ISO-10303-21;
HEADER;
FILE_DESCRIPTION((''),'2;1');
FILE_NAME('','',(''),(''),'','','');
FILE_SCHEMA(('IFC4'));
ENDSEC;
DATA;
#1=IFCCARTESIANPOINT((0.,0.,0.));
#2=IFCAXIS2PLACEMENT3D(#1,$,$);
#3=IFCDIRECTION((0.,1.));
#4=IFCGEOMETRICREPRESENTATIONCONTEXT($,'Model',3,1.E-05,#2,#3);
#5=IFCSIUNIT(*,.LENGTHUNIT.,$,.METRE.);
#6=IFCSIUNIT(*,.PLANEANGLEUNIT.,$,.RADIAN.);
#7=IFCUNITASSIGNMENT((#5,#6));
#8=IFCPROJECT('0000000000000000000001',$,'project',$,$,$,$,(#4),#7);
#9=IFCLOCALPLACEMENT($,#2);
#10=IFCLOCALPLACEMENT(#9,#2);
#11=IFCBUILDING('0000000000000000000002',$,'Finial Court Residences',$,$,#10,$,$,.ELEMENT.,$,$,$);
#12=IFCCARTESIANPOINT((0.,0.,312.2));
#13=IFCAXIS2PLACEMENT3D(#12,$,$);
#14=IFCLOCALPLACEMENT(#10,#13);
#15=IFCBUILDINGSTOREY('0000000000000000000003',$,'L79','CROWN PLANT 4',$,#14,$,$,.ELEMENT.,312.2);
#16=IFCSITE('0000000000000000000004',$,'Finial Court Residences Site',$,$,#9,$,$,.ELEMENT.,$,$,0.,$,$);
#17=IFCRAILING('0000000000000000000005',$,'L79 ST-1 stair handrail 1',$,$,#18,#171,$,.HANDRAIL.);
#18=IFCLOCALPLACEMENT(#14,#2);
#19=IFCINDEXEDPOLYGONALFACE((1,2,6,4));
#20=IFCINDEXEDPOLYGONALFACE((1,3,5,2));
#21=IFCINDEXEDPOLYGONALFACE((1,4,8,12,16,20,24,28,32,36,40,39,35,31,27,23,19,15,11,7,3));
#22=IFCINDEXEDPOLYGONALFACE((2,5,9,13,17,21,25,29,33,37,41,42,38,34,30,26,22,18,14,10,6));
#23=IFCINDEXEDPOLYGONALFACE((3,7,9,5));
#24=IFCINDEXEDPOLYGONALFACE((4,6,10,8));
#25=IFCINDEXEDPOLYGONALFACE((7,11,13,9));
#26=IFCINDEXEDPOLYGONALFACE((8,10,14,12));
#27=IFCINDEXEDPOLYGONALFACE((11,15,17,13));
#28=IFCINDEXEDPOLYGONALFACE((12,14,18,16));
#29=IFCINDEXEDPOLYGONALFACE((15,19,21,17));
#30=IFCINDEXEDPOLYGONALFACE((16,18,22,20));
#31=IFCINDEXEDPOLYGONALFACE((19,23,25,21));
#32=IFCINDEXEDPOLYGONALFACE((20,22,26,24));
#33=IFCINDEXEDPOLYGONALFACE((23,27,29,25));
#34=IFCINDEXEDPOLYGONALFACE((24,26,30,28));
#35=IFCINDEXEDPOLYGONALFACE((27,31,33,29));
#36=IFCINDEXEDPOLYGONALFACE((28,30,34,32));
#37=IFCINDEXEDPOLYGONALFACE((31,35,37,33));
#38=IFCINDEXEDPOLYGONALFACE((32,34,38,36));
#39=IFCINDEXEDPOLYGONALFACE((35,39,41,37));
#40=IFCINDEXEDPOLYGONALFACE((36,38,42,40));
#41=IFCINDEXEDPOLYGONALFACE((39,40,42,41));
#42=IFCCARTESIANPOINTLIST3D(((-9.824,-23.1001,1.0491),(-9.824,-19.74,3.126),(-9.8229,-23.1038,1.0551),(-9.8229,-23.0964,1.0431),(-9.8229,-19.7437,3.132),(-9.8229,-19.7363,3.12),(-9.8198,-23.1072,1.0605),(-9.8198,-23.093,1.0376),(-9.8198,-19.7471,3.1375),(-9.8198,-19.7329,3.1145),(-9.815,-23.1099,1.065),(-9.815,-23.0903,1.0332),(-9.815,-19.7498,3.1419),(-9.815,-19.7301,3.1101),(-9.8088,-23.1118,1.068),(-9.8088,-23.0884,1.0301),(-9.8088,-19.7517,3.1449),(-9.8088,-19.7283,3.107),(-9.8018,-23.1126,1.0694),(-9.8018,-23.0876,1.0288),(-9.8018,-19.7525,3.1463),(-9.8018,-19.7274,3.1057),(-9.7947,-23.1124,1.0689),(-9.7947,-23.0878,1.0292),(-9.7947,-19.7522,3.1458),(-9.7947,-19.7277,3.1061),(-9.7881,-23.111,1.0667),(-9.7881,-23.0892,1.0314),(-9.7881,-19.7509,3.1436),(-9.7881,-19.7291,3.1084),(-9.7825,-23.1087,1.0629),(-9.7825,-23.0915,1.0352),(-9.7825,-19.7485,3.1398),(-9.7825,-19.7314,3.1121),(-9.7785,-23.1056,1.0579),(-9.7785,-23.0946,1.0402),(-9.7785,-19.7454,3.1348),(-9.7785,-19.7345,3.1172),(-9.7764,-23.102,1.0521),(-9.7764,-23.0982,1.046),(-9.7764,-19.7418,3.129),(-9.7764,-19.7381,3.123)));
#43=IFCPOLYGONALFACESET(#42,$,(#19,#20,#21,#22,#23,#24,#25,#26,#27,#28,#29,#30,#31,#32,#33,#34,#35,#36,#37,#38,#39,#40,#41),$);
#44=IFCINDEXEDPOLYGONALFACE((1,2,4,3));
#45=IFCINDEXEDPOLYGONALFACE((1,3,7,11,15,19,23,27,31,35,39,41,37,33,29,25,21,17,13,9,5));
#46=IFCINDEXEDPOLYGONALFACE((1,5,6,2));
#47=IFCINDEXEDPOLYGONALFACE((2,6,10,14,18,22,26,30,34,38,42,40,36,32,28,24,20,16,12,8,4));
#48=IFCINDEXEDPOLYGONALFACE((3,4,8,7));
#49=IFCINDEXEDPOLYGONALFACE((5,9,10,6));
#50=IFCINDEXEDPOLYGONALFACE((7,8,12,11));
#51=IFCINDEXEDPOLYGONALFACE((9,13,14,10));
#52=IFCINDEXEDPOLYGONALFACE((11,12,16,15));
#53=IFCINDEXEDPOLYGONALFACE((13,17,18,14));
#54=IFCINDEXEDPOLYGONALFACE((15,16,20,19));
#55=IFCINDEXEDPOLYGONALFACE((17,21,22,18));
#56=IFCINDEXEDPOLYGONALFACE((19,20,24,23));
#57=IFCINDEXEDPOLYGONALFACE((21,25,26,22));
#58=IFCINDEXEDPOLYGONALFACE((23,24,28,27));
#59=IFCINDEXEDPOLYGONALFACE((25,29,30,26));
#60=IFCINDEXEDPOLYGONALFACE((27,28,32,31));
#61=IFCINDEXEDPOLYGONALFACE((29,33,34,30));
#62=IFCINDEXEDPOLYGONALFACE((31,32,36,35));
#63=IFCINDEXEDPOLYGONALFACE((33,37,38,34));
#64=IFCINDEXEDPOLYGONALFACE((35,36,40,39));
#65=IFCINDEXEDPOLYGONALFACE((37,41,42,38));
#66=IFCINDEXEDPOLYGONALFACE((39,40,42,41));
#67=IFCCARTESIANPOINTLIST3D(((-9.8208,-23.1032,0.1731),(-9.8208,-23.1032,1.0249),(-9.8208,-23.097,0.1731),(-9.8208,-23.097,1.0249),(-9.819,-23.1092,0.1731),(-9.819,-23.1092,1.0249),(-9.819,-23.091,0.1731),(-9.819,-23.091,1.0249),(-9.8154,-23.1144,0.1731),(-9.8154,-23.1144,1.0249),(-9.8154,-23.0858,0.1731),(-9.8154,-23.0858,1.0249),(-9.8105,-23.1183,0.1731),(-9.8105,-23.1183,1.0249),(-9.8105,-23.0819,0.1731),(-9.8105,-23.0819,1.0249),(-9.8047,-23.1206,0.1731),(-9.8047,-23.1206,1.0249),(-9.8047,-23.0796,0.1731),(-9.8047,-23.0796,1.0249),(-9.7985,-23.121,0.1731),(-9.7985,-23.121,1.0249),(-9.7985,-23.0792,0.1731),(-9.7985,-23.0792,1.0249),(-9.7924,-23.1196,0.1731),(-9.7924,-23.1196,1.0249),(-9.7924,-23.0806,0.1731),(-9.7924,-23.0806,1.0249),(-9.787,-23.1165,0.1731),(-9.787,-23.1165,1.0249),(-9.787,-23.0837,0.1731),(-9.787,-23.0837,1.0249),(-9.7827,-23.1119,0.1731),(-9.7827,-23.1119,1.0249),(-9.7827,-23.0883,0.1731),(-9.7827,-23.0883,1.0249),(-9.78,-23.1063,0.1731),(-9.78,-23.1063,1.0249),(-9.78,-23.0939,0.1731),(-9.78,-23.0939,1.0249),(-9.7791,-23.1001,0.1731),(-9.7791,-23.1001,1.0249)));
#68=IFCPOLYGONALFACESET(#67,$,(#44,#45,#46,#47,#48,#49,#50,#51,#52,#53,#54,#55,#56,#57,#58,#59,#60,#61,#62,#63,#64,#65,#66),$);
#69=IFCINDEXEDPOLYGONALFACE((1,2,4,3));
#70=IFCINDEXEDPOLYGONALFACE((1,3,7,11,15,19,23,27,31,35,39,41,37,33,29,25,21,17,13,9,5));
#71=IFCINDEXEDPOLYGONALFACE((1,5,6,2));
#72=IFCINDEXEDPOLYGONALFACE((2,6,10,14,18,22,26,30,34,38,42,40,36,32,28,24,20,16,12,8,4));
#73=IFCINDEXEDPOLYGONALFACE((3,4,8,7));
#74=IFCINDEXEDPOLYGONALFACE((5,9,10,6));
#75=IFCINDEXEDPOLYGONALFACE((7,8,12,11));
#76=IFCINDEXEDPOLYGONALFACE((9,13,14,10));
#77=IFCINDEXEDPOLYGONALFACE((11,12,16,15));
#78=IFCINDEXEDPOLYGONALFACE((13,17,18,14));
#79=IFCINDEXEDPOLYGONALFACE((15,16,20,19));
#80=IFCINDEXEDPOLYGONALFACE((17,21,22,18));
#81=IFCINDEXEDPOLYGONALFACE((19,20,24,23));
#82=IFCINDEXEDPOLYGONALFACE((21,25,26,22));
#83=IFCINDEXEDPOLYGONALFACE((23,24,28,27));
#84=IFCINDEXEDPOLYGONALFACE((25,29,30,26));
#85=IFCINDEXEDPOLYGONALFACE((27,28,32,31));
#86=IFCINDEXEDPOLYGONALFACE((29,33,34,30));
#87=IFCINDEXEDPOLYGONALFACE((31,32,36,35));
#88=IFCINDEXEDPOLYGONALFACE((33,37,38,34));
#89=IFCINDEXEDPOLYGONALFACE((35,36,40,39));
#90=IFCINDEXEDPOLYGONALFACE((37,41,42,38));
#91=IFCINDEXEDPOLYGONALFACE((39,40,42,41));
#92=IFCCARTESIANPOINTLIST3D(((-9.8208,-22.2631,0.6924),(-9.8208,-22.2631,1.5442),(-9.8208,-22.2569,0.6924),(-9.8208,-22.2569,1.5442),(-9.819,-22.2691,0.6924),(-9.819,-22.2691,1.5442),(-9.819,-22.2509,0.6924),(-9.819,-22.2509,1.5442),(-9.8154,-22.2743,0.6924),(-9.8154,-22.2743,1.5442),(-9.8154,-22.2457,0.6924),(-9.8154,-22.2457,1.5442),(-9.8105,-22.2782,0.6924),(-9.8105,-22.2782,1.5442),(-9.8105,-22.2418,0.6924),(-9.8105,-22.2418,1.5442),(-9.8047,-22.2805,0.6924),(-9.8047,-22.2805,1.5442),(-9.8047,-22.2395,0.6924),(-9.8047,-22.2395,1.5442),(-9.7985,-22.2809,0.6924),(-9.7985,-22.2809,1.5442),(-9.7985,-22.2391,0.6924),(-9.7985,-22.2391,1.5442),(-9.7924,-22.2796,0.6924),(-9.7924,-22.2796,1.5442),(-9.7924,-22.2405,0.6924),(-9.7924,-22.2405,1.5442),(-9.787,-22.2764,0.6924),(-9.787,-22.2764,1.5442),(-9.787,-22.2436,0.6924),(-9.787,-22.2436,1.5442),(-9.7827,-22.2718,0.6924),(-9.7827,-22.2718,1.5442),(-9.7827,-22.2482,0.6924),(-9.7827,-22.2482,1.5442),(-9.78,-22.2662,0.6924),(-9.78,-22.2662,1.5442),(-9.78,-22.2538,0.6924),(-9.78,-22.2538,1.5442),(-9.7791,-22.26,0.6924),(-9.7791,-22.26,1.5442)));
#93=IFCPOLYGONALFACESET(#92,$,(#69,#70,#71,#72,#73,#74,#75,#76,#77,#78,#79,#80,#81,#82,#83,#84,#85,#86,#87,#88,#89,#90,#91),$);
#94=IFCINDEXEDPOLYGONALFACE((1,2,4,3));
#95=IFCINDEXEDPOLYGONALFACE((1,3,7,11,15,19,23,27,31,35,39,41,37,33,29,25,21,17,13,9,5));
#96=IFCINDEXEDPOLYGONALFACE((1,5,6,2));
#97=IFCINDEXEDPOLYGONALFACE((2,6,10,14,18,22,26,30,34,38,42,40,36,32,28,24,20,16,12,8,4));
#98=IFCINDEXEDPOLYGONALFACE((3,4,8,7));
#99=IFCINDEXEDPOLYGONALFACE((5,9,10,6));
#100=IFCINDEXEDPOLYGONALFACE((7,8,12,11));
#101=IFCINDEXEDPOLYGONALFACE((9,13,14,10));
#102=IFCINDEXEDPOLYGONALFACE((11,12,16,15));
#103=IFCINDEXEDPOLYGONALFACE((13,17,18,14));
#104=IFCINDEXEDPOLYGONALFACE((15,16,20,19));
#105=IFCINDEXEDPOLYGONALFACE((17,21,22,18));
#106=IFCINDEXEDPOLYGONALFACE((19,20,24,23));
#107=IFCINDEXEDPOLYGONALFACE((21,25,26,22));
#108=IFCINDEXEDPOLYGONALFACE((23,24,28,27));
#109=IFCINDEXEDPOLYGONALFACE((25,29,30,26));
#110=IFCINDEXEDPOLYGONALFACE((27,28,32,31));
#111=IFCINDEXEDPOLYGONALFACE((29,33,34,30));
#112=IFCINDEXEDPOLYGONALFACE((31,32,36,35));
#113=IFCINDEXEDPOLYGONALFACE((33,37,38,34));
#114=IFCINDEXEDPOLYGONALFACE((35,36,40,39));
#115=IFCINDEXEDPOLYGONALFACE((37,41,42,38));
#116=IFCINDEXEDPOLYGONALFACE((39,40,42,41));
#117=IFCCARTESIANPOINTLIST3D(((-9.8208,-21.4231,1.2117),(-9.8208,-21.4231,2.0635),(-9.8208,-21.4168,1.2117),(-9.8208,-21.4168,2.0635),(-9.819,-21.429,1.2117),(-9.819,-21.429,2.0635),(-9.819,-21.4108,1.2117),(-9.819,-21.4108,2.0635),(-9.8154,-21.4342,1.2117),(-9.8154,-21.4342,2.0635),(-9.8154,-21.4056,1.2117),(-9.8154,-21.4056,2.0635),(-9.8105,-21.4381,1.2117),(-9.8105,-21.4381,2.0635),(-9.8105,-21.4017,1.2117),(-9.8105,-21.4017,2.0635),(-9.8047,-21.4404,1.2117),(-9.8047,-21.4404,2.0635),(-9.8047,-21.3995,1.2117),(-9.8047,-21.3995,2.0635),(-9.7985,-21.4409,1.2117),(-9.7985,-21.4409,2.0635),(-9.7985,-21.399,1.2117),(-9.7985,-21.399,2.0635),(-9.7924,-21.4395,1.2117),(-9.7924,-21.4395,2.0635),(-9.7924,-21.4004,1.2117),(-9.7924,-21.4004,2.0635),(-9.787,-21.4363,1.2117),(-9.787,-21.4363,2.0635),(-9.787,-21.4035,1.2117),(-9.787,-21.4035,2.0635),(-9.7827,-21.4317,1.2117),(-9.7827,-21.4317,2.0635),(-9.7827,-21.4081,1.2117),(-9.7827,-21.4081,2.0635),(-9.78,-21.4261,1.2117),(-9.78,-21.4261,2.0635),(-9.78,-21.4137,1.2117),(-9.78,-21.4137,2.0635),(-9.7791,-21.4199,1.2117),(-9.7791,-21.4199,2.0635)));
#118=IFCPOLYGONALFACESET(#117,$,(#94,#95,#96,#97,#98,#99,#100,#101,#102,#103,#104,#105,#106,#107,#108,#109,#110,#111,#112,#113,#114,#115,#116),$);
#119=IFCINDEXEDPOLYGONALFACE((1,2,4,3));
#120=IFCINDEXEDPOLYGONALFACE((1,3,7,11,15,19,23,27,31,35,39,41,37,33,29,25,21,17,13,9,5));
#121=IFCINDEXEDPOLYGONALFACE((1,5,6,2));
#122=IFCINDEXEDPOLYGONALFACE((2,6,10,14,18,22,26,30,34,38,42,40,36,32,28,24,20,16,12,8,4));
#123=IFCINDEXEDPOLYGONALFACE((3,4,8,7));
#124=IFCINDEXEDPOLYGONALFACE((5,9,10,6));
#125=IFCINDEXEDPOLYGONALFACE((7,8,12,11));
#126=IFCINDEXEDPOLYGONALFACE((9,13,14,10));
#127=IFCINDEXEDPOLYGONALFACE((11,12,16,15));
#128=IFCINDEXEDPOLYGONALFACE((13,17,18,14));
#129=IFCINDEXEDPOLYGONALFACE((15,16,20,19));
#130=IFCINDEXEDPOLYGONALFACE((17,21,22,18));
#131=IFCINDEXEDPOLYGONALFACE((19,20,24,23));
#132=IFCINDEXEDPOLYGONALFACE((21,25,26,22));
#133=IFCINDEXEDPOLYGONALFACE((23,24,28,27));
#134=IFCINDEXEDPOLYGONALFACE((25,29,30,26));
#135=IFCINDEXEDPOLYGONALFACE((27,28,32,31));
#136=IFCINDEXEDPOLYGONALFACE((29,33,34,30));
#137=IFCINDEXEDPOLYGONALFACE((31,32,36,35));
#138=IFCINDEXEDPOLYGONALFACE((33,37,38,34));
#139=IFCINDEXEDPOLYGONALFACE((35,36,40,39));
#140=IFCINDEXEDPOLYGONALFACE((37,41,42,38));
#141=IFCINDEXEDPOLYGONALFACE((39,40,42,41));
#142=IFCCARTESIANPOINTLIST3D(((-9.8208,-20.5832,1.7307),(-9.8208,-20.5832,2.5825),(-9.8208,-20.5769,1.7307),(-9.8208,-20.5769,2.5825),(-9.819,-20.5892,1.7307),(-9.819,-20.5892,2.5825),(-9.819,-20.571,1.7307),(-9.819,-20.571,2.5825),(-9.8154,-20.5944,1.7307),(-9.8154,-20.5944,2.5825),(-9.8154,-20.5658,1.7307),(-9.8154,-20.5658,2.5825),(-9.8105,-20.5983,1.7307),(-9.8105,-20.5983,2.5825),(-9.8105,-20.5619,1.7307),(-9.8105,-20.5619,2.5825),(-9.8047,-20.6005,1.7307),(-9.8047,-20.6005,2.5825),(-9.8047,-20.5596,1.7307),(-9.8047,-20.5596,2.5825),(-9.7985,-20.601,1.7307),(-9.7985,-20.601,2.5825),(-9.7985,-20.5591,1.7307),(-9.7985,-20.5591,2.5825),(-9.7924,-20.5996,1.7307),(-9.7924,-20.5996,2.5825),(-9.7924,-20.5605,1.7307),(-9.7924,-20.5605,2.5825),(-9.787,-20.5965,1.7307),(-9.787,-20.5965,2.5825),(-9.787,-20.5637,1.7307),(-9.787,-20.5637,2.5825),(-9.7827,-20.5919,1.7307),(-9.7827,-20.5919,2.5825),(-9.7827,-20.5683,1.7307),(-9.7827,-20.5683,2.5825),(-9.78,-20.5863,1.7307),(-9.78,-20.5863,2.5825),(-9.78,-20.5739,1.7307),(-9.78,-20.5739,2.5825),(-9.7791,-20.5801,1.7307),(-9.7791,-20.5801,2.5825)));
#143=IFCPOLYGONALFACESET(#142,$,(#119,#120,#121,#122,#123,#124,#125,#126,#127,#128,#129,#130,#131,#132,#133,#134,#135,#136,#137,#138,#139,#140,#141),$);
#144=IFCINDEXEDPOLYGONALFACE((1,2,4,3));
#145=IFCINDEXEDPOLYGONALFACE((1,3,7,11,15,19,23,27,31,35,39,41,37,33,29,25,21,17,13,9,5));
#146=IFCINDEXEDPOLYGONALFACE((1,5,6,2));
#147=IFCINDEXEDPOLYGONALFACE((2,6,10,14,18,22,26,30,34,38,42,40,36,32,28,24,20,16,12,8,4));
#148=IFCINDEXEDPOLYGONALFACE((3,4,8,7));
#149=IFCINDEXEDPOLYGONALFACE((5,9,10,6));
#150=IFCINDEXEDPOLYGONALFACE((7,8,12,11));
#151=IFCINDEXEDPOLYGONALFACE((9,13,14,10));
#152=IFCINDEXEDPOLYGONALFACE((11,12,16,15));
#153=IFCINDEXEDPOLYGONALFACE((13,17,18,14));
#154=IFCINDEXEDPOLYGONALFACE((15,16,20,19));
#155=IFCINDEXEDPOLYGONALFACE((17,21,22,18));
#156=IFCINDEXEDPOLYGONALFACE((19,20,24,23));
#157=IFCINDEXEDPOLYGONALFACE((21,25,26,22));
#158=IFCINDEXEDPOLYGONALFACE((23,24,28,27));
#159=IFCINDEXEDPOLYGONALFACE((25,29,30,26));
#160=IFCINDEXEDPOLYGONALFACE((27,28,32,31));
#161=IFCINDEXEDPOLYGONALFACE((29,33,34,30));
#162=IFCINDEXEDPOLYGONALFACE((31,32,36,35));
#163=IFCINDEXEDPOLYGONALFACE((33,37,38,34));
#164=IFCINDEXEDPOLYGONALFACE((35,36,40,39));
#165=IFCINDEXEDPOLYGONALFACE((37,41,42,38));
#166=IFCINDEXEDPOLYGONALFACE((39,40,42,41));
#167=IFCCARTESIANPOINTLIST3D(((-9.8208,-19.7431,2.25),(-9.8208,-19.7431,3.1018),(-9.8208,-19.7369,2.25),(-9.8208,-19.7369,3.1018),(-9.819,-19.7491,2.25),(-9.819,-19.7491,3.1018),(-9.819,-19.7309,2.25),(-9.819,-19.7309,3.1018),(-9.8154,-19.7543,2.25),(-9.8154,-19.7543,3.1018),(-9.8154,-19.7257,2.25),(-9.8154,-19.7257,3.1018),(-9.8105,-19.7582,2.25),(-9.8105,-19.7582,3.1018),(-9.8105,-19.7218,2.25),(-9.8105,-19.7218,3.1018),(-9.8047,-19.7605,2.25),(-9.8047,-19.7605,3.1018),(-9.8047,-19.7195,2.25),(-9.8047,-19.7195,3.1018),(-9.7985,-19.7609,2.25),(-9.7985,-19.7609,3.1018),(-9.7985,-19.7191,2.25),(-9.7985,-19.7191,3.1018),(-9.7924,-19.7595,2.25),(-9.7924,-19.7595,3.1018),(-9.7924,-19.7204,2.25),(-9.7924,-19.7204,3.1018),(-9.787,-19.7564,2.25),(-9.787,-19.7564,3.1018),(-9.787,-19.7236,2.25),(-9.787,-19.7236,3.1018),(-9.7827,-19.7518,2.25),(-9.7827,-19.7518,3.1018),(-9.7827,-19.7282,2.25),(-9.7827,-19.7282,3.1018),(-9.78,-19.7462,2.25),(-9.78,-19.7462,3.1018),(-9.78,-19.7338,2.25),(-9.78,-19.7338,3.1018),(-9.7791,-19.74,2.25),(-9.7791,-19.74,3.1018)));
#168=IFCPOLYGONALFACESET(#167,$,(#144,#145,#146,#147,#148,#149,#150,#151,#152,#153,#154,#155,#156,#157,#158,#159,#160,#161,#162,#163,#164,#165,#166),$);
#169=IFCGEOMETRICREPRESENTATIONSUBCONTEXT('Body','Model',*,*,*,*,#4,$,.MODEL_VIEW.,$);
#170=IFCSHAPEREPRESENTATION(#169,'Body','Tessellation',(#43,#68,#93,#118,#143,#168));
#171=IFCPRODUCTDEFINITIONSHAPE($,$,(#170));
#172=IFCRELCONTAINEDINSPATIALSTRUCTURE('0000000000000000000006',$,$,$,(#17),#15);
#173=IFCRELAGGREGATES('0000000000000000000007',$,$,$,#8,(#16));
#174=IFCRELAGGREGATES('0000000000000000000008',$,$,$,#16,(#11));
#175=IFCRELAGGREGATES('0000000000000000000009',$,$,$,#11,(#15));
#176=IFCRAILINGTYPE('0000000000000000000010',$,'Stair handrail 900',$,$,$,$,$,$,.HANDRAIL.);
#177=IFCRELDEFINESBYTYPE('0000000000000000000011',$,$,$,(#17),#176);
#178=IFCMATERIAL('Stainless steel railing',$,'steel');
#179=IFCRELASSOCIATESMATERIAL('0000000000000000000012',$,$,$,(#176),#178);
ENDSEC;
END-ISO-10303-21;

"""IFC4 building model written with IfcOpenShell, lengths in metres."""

from ifc_helpers import new_model, si_unit, direction, frame, origin, origin_2d, place, context, subcontext, project, spatial, circle, extrude, material, type_object, element, save


model = new_model("IFC4")

# Units and contexts
model_context = context("Model", 3, precision=1e-05, world=origin(), true_north=direction((0.0, 1.0)))
body_context = subcontext(model_context, "Body", "Model", "MODEL_VIEW")
ifc_project = project(units=[si_unit("LENGTHUNIT", "METRE"), si_unit("PLANEANGLEUNIT", "RADIAN")], contexts=[model_context])

# Site, building, storey
site_placement = place(None, origin())
site = spatial("IfcSite", under=ifc_project, at=site_placement, Name="Finial Court Residences Site", CompositionType="ELEMENT", RefElevation=0.0)
building_placement = place(site_placement, origin())
building = spatial("IfcBuilding", under=site, at=building_placement, Name="Finial Court Residences", CompositionType="ELEMENT")
storey_placement = place(building_placement, frame((0.0, 0.0, 312.2)))
storey = spatial("IfcBuildingStorey", under=building, at=storey_placement, Name="L79", Description="CROWN PLANT 4", CompositionType="ELEMENT", Elevation=312.2)

# Railing
ifc_material_1 = material(Name="Stainless steel railing", Category="steel")
railing_type_1 = type_object("IfcRailingType", Name="Stair handrail 900", PredefinedType="HANDRAIL", material=ifc_material_1)
railing_1_placement = place(storey_placement, frame((-9.8, -23.1001, 0.1731)))
element("IfcRailing", 1, at=railing_1_placement, inside=storey, type_object=railing_type_1, Name="L79 ST-1 stair handrail 1", PredefinedType="HANDRAIL", context=body_context, shape_type="SweptSolid", body=[
    extrude(circle(Radius=0.0239, at=origin_2d()), frame((0.0, 0.0, 0.876), z_axis=(0.0, 0.850623, 0.525776), x_axis=(-1.0, 0.0, 0.0)), (0.0, 0.0, 1.0), 3.9502),
    extrude(circle(Radius=0.021, at=origin_2d()), origin(), (0.0, 0.0, 1.0), 0.8518),
    extrude(circle(Radius=0.021, at=origin_2d()), frame((0.0, 0.8401, 0.5193)), (0.0, 0.0, 1.0), 0.8518),
    extrude(circle(Radius=0.021, at=origin_2d()), frame((0.0, 1.6802, 1.0386)), (0.0, 0.0, 1.0), 0.8518),
    extrude(circle(Radius=0.021, at=origin_2d()), frame((0.0, 2.52, 1.5576)), (0.0, 0.0, 1.0), 0.8518),
    extrude(circle(Radius=0.021, at=origin_2d()), frame((0.0, 3.3601, 2.0769)), (0.0, 0.0, 1.0), 0.8518),
])

save(model, "model.ifc")
